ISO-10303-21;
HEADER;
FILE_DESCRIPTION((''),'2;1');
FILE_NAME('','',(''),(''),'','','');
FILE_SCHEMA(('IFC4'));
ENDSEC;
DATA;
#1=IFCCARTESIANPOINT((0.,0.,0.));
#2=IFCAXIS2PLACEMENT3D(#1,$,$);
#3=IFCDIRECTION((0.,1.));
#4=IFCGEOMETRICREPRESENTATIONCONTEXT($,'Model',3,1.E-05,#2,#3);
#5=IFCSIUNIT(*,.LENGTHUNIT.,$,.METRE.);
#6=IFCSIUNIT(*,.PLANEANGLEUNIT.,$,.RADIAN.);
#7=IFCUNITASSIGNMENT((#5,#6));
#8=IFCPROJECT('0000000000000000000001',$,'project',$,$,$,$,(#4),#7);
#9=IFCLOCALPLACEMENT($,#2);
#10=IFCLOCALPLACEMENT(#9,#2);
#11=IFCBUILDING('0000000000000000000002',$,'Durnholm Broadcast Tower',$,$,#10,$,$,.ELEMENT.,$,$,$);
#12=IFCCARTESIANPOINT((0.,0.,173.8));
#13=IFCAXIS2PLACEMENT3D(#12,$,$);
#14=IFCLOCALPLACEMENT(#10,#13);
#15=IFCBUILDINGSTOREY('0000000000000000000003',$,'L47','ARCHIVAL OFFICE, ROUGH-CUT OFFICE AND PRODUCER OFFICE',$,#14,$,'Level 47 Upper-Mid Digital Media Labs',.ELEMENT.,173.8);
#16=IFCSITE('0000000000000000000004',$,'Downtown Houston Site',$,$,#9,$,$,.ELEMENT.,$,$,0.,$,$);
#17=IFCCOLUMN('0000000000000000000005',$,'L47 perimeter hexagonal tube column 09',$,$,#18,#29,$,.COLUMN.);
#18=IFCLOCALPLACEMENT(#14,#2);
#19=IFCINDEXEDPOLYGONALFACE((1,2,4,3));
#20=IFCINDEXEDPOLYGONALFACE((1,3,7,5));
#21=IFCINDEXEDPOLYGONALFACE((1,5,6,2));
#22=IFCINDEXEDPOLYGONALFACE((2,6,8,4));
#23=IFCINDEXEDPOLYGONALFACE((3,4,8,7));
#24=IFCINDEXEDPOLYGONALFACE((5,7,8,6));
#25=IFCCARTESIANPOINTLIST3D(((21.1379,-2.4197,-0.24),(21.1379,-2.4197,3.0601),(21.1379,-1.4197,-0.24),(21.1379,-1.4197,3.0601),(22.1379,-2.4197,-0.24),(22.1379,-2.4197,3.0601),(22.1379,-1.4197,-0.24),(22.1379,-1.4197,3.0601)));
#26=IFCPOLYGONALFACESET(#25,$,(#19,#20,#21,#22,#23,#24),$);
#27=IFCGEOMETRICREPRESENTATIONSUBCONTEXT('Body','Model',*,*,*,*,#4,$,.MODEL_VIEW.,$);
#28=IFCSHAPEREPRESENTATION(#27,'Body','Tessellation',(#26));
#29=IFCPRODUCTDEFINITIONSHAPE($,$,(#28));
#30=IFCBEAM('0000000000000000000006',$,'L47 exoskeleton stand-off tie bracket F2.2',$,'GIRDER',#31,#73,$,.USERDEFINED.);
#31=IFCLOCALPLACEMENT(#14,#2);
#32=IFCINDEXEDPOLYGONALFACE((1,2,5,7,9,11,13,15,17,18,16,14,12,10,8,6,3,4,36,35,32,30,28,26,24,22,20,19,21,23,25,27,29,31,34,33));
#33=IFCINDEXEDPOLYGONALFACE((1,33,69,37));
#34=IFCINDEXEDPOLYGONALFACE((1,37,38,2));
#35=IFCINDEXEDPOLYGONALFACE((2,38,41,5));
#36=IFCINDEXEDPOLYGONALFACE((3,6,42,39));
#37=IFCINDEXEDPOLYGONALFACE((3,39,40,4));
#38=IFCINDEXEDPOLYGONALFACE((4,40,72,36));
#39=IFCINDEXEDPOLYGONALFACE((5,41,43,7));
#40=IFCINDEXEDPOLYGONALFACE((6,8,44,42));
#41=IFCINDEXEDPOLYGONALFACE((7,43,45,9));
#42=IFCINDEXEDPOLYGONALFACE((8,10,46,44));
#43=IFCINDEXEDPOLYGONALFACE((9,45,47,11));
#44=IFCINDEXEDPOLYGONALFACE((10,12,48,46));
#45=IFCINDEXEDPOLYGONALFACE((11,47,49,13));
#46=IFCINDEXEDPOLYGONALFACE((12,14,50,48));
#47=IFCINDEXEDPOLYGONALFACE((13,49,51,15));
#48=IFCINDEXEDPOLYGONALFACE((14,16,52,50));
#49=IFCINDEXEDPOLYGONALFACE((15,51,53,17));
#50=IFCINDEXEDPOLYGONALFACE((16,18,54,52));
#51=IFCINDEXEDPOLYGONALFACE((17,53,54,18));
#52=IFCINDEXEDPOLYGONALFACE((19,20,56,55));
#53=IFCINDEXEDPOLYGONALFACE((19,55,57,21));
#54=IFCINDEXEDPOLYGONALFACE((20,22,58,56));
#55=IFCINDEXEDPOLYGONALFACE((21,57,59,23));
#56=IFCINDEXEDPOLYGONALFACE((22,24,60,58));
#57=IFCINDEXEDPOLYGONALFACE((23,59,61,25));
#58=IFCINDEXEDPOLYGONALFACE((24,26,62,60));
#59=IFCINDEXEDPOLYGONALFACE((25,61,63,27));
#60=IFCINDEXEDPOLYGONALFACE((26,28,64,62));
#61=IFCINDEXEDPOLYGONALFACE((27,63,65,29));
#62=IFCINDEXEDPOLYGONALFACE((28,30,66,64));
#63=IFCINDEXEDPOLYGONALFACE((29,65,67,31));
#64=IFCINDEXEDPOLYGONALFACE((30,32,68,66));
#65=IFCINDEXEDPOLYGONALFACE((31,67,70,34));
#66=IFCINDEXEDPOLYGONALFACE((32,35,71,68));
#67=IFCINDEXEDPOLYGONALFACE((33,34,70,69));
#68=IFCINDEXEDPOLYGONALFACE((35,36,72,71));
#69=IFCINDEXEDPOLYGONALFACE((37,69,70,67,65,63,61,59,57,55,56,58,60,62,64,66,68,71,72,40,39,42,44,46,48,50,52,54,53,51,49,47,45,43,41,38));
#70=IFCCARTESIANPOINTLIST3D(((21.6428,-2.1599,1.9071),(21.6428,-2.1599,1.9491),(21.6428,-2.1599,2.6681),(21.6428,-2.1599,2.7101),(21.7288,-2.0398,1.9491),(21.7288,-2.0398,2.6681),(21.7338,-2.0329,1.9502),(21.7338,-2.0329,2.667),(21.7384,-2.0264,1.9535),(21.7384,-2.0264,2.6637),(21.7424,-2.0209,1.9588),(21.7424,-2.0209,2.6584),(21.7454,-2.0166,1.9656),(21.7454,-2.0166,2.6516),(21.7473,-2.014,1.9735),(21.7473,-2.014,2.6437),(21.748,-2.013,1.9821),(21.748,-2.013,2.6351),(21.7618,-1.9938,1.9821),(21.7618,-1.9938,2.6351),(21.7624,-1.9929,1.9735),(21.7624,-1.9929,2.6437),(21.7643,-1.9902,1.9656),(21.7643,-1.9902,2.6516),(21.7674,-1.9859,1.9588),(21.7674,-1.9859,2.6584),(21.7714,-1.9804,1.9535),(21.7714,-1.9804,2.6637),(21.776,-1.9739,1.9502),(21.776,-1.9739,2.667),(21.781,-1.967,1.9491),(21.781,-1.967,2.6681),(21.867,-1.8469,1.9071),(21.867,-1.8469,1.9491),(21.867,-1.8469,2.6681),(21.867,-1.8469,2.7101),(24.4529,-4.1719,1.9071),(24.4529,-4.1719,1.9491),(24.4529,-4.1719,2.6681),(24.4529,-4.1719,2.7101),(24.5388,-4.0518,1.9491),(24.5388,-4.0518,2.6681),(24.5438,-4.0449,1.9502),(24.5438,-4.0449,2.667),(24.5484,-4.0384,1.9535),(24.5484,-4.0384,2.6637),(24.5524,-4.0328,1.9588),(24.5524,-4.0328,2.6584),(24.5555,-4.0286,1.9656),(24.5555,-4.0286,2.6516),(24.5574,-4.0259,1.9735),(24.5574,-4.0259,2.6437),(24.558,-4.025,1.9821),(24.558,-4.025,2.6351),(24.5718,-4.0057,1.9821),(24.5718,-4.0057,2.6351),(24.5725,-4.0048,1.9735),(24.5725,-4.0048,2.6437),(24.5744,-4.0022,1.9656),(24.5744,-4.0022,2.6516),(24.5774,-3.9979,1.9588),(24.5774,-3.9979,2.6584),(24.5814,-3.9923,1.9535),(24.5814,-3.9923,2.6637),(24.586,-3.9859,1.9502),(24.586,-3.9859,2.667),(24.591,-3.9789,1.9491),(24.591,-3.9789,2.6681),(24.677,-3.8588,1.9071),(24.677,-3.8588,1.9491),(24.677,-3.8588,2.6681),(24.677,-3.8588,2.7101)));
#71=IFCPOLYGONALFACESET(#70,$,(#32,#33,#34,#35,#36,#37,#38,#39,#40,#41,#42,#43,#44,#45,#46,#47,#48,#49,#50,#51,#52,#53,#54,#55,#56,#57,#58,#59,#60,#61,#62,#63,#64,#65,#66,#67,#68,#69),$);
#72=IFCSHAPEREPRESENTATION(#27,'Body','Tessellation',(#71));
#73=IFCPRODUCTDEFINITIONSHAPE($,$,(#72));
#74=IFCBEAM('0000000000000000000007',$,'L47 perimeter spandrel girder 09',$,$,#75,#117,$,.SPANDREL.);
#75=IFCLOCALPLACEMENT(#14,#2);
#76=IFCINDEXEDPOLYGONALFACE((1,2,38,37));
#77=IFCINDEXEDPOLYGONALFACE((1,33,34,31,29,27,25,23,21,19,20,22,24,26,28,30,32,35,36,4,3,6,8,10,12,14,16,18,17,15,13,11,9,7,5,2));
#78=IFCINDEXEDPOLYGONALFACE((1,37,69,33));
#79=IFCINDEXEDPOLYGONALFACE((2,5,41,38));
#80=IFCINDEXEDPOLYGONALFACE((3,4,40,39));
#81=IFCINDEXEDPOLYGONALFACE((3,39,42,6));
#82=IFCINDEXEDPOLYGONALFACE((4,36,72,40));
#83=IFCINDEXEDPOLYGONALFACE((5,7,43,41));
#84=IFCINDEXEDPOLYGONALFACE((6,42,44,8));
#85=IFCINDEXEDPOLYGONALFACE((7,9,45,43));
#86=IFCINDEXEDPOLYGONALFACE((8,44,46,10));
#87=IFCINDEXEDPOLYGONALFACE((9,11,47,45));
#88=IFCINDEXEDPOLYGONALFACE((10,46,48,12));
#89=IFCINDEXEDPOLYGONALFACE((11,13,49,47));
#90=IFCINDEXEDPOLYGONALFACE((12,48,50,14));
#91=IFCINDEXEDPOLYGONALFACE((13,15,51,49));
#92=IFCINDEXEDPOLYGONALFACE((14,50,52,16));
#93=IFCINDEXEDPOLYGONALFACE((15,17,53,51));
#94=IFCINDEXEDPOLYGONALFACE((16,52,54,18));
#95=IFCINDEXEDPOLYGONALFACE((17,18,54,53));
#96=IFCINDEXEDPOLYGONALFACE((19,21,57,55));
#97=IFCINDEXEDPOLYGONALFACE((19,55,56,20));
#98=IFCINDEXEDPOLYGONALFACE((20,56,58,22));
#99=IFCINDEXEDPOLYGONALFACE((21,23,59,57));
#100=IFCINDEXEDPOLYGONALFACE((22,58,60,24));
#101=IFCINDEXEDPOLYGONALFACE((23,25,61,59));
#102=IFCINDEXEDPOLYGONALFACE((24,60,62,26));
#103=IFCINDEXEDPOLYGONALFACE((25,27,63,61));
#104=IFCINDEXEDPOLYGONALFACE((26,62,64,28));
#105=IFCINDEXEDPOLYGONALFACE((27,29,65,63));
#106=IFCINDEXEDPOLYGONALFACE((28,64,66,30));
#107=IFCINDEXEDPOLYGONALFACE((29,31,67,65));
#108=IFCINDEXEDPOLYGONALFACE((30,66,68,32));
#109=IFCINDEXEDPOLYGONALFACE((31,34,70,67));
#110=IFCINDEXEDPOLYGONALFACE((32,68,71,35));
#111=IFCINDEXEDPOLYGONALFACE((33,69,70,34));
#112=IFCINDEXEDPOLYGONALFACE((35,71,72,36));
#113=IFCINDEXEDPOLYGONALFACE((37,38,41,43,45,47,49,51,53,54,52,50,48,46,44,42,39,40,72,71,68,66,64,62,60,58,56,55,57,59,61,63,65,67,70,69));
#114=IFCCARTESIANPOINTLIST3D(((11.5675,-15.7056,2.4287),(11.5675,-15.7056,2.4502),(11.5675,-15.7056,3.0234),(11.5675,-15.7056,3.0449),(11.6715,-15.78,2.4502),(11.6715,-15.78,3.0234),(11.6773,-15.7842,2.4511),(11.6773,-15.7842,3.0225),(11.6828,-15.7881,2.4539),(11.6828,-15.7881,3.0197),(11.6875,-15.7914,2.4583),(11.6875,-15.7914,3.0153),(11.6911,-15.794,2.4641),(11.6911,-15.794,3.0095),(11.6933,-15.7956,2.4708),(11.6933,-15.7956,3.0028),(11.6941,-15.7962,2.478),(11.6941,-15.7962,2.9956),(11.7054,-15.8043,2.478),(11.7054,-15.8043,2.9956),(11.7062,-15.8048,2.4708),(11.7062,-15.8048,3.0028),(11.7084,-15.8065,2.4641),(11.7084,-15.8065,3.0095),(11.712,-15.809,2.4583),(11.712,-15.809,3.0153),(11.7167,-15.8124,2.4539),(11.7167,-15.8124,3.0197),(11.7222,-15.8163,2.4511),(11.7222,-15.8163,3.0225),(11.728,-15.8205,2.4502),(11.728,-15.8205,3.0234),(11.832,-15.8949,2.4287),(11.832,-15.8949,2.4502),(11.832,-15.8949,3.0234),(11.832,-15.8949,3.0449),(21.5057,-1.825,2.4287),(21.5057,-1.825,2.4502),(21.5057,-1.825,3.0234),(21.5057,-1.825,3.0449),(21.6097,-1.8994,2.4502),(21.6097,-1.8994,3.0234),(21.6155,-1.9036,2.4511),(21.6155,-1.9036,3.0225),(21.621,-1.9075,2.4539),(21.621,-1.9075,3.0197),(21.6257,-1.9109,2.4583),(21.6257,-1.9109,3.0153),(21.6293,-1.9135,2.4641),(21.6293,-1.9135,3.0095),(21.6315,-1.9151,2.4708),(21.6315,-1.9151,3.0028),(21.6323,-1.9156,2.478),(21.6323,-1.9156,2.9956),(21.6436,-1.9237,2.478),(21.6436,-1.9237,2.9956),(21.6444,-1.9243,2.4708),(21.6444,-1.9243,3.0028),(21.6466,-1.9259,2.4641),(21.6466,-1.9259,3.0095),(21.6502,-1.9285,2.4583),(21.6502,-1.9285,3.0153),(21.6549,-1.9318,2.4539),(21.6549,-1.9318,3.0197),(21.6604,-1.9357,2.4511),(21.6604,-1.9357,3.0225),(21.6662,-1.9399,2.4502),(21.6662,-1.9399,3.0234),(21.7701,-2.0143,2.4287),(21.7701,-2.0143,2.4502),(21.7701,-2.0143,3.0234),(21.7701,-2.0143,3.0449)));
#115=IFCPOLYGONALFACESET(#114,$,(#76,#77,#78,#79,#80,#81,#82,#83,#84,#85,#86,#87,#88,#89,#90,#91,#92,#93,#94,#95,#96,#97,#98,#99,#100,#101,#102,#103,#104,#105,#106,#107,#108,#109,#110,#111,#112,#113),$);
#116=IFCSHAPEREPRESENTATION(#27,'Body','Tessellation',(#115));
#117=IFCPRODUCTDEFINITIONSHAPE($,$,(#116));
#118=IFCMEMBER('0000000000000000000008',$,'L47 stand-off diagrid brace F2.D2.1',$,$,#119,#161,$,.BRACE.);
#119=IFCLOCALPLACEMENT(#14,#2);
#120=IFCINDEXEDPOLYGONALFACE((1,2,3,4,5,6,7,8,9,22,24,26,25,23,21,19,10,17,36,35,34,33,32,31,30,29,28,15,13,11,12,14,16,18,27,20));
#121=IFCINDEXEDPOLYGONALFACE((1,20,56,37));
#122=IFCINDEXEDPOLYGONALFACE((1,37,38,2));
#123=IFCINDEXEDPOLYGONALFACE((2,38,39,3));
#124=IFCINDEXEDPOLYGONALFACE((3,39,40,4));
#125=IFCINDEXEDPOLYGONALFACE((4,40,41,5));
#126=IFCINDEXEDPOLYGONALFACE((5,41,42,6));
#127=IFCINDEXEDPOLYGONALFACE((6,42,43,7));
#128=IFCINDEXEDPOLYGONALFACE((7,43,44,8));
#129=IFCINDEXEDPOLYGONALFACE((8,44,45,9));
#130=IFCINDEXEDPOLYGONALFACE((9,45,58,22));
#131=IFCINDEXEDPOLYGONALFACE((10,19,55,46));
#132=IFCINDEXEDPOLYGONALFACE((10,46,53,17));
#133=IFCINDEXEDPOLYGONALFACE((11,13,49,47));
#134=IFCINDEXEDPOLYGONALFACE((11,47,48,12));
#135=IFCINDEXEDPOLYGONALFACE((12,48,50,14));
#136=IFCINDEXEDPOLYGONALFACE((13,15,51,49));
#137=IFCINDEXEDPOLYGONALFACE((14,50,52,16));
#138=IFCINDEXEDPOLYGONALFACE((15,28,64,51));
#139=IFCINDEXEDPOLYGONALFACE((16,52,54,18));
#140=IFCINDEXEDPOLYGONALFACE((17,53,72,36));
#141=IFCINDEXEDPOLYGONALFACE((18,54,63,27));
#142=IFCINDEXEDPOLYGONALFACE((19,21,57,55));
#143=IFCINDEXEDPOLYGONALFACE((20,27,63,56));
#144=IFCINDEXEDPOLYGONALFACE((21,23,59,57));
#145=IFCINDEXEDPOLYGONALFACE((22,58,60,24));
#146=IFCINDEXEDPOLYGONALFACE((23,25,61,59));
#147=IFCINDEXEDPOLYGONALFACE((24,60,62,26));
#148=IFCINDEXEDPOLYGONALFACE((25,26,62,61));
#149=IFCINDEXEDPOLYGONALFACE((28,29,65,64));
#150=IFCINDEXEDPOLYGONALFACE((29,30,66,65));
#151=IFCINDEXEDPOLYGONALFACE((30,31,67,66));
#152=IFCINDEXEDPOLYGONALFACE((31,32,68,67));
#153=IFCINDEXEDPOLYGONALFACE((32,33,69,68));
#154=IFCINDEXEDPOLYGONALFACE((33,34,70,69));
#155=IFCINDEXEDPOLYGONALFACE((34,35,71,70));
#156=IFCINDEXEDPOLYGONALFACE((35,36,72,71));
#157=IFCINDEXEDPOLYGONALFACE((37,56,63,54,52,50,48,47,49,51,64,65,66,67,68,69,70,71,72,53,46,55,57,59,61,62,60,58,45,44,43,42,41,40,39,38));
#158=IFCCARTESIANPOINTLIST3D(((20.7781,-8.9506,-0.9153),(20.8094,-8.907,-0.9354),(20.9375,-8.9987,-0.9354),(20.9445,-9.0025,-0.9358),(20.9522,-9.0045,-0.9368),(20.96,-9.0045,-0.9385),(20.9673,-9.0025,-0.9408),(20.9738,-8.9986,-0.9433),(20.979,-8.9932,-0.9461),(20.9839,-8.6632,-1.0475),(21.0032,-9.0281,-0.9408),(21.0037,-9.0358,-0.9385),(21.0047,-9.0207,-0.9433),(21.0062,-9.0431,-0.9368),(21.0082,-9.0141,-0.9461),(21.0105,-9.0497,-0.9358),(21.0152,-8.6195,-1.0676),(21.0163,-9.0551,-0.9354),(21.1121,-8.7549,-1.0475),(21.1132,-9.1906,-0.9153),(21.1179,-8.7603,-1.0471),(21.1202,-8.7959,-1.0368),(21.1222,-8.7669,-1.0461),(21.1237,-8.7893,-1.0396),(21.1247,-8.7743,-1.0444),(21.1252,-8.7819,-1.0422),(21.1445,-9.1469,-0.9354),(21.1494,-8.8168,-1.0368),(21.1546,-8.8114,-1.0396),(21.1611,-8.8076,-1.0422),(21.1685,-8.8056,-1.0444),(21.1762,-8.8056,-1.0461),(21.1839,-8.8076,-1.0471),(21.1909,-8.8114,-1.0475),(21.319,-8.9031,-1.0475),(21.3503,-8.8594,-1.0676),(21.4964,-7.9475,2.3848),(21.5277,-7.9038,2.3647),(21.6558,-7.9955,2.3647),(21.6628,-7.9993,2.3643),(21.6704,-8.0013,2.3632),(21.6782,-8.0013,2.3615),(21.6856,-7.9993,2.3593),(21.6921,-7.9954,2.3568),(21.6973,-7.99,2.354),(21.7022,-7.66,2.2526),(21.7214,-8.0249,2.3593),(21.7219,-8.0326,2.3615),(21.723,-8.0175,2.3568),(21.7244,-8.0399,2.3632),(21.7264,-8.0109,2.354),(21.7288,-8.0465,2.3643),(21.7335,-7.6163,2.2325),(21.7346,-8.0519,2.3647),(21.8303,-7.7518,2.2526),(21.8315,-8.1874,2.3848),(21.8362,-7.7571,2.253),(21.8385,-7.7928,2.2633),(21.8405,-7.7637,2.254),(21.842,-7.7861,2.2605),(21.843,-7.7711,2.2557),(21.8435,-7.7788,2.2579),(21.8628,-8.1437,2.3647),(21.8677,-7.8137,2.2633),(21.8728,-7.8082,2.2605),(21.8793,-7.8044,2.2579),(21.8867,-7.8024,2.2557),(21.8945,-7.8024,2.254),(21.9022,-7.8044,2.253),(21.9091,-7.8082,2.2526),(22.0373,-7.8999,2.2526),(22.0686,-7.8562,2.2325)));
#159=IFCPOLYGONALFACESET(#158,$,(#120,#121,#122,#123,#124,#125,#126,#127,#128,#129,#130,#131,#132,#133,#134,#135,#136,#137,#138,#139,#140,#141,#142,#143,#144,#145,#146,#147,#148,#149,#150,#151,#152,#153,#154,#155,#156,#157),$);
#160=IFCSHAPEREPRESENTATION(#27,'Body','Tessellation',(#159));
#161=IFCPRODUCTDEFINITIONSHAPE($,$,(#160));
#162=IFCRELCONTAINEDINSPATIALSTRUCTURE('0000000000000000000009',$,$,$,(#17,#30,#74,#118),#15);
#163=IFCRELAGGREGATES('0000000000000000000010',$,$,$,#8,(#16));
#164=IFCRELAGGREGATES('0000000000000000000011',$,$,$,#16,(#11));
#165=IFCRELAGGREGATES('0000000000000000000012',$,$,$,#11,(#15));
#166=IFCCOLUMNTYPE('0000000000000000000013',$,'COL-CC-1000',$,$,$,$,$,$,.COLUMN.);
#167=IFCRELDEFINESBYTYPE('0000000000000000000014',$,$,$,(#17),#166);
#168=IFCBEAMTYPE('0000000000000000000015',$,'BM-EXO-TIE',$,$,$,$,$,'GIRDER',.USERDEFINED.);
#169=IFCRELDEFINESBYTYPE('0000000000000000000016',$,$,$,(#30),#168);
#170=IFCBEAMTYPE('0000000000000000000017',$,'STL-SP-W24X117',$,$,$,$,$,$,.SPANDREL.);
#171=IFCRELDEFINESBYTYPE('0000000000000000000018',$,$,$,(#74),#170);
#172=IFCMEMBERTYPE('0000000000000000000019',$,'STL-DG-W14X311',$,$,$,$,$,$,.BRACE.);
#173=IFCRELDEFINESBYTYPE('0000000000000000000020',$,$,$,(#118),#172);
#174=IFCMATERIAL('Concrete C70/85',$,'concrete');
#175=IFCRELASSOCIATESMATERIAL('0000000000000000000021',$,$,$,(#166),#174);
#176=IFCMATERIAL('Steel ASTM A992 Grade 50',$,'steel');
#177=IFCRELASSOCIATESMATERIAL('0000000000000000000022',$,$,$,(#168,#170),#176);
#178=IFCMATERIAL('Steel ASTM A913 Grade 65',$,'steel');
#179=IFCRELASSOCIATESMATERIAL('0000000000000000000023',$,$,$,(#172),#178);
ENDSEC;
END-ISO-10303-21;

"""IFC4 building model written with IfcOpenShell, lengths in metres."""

from ifc_helpers import new_model, si_unit, direction, frame, origin, origin_2d, place, context, subcontext, project, spatial, rectangle, i_section, extrude, source, transform, mapped, material, material_profile, profile_set, type_object, type_shapes, element, save


model = new_model("IFC4")

# Units and contexts
model_context = context("Model", 3, precision=1e-05, world=origin(), true_north=direction((0.0, 1.0)))
body_context = subcontext(model_context, "Body", "Model", "MODEL_VIEW")
ifc_project = project(units=[si_unit("LENGTHUNIT", "METRE"), si_unit("PLANEANGLEUNIT", "RADIAN")], contexts=[model_context])

# Site, building, storey
site_placement = place(None, origin())
site = spatial("IfcSite", under=ifc_project, at=site_placement, Name="Downtown Houston Site", CompositionType="ELEMENT", RefElevation=0.0)
building_placement = place(site_placement, origin())
building = spatial("IfcBuilding", under=site, at=building_placement, Name="Durnholm Broadcast Tower", CompositionType="ELEMENT")
storey_placement = place(building_placement, frame((0.0, 0.0, 173.8)))
storey = spatial("IfcBuildingStorey", under=building, at=storey_placement, Name="L47", Description="ARCHIVAL OFFICE, ROUGH-CUT OFFICE AND PRODUCER OFFICE", LongName="Level 47 Upper-Mid Digital Media Labs", CompositionType="ELEMENT", Elevation=173.8)

# Column
ifc_material_1 = material(Name="Concrete C70/85", Category="concrete")
ifc_material_profile_1 = material_profile(ifc_material_1, rectangle(XDim=1.0, YDim=1.0, at=origin_2d()), Name="RC1000X1000")
ifc_profile_set_1 = profile_set([ifc_material_profile_1], Name="Concrete C70/85")
column_type = type_object("IfcColumnType", Name="COL-CC-1000", PredefinedType="COLUMN", material=ifc_profile_set_1)
shared_shape_1 = source(origin(), body_context, "Body", "SweptSolid", [
    extrude(rectangle(XDim=1.0, YDim=1.0, at=origin_2d()), origin(), (0.0, 0.0, 1.0), 3.3),
])
type_shapes(column_type, [shared_shape_1])
column_placement = place(storey_placement, frame((21.6379, -1.9197, -0.24), z_axis=(0.0, 0.0, 1.0), x_axis=(1.0, 0.0, 0.0)))
element("IfcColumn", 1, at=column_placement, inside=storey, type_object=column_type, Name="L47 perimeter hexagonal tube column 09", PredefinedType="COLUMN", context=body_context, shape_type="MappedRepresentation", body=[
    mapped(shared_shape_1, transform((0.0, 0.0, 0.0), x_axis=(1.0, 0.0, 0.0), y_axis=(0.0, 1.0, 0.0), z_axis=(0.0, 0.0, 1.0), scale=1.0)),
])

# Beams
ifc_material_2 = material(Name="Steel ASTM A992 Grade 50", Category="steel")
ifc_material_profile_2 = material_profile(ifc_material_2, i_section(OverallWidth=0.385, OverallDepth=0.803, WebThickness=0.0237, FlangeThickness=0.042, FilletRadius=0.033, at=origin_2d()), Name="W30X261")
ifc_profile_set_2 = profile_set([ifc_material_profile_2], Name="Steel ASTM A992 Grade 50")
beam_type_1 = type_object("IfcBeamType", Name="BM-EXO-TIE", ElementType="GIRDER", PredefinedType="USERDEFINED", material=ifc_profile_set_2)
shared_shape_2 = source(origin(), body_context, "Body", "SweptSolid", [
    extrude(i_section(OverallWidth=0.385, OverallDepth=0.803, WebThickness=0.0237, FlangeThickness=0.042, FilletRadius=0.033, at=origin_2d()), origin(), (0.0, 0.0, 1.0), 3.4561),
])
type_shapes(beam_type_1, [shared_shape_2])
beam_1_placement = place(storey_placement, frame((21.7549, -2.0034, 2.3086), z_axis=(0.813079, -0.582153, 0.0), x_axis=(0.582153, 0.813079, 0.0)))
element("IfcBeam", 2, at=beam_1_placement, inside=storey, type_object=beam_type_1, Name="L47 exoskeleton stand-off tie bracket F2.2", ObjectType="GIRDER", PredefinedType="USERDEFINED", context=body_context, shape_type="MappedRepresentation", body=[
    mapped(shared_shape_2, transform((0.0, 0.0, 0.0), x_axis=(1.0, 0.0, 0.0), y_axis=(0.0, 1.0, 0.0), z_axis=(0.0, 0.0, 1.0), scale=1.0)),
])
ifc_material_profile_3 = material_profile(ifc_material_2, i_section(OverallWidth=0.3252, OverallDepth=0.6162, WebThickness=0.0139, FlangeThickness=0.0215, FilletRadius=0.0278, at=origin_2d()), Name="W24X117")
ifc_profile_set_3 = profile_set([ifc_material_profile_3], Name="Steel ASTM A992 Grade 50")
beam_type_2 = type_object("IfcBeamType", Name="STL-SP-W24X117", PredefinedType="SPANDREL", material=ifc_profile_set_3)
shared_shape_3 = source(origin(), body_context, "Body", "SweptSolid", [
    extrude(i_section(OverallWidth=0.3252, OverallDepth=0.6162, WebThickness=0.0139, FlangeThickness=0.0215, FilletRadius=0.0278, at=origin_2d()), origin(), (0.0, 0.0, 1.0), 17.0715),
])
type_shapes(beam_type_2, [shared_shape_3])
beam_2_placement = place(storey_placement, frame((21.6379, -1.9197, 2.7368), z_axis=(-0.58215, -0.813082, 0.0), x_axis=(0.813082, -0.58215, 0.0)))
element("IfcBeam", 3, at=beam_2_placement, inside=storey, type_object=beam_type_2, Name="L47 perimeter spandrel girder 09", PredefinedType="SPANDREL", context=body_context, shape_type="MappedRepresentation", body=[
    mapped(shared_shape_3, transform((0.0, 0.0, 0.0), x_axis=(1.0, 0.0, 0.0), y_axis=(0.0, 1.0, 0.0), z_axis=(0.0, 0.0, 1.0), scale=1.0)),
])

# Member
ifc_material_3 = material(Name="Steel ASTM A913 Grade 65", Category="steel")
ifc_material_profile_4 = material_profile(ifc_material_3, i_section(OverallWidth=0.4121, OverallDepth=0.4348, WebThickness=0.0359, FlangeThickness=0.0574, FilletRadius=0.0305, at=origin_2d()), Name="W14X311")
ifc_profile_set_4 = profile_set([ifc_material_profile_4], Name="Steel ASTM A913 Grade 65")
member_type_1 = type_object("IfcMemberType", Name="STL-DG-W14X311", PredefinedType="BRACE", material=ifc_profile_set_4)
shared_shape_4 = source(origin(), body_context, "Body", "SweptSolid", [
    extrude(i_section(OverallWidth=0.4121, OverallDepth=0.4348, WebThickness=0.0359, FlangeThickness=0.0574, FilletRadius=0.0305, at=origin_2d()), origin(), (0.0, 0.0, 1.0), 3.5232),
])
type_shapes(member_type_1, [shared_shape_4])
for number, where, z_axis, x_axis, name in (
    (4, (21.0642, -8.905, -0.9915), (0.203869, 0.284738, 0.936676), (-0.813078, 0.582155, 0.0), "L47 stand-off diagrid brace F2.D2.1"),
):
    element("IfcMember", number, at=place(storey_placement, frame(where, z_axis=z_axis, x_axis=x_axis)), inside=storey, type_object=member_type_1, Name=name, PredefinedType="BRACE", context=body_context, shape_type="MappedRepresentation", body=[
        mapped(shared_shape_4, transform((0.0, 0.0, 0.0), x_axis=(1.0, 0.0, 0.0), y_axis=(0.0, 1.0, 0.0), z_axis=(0.0, 0.0, 1.0), scale=1.0)),
    ])

save(model, "model.ifc")
